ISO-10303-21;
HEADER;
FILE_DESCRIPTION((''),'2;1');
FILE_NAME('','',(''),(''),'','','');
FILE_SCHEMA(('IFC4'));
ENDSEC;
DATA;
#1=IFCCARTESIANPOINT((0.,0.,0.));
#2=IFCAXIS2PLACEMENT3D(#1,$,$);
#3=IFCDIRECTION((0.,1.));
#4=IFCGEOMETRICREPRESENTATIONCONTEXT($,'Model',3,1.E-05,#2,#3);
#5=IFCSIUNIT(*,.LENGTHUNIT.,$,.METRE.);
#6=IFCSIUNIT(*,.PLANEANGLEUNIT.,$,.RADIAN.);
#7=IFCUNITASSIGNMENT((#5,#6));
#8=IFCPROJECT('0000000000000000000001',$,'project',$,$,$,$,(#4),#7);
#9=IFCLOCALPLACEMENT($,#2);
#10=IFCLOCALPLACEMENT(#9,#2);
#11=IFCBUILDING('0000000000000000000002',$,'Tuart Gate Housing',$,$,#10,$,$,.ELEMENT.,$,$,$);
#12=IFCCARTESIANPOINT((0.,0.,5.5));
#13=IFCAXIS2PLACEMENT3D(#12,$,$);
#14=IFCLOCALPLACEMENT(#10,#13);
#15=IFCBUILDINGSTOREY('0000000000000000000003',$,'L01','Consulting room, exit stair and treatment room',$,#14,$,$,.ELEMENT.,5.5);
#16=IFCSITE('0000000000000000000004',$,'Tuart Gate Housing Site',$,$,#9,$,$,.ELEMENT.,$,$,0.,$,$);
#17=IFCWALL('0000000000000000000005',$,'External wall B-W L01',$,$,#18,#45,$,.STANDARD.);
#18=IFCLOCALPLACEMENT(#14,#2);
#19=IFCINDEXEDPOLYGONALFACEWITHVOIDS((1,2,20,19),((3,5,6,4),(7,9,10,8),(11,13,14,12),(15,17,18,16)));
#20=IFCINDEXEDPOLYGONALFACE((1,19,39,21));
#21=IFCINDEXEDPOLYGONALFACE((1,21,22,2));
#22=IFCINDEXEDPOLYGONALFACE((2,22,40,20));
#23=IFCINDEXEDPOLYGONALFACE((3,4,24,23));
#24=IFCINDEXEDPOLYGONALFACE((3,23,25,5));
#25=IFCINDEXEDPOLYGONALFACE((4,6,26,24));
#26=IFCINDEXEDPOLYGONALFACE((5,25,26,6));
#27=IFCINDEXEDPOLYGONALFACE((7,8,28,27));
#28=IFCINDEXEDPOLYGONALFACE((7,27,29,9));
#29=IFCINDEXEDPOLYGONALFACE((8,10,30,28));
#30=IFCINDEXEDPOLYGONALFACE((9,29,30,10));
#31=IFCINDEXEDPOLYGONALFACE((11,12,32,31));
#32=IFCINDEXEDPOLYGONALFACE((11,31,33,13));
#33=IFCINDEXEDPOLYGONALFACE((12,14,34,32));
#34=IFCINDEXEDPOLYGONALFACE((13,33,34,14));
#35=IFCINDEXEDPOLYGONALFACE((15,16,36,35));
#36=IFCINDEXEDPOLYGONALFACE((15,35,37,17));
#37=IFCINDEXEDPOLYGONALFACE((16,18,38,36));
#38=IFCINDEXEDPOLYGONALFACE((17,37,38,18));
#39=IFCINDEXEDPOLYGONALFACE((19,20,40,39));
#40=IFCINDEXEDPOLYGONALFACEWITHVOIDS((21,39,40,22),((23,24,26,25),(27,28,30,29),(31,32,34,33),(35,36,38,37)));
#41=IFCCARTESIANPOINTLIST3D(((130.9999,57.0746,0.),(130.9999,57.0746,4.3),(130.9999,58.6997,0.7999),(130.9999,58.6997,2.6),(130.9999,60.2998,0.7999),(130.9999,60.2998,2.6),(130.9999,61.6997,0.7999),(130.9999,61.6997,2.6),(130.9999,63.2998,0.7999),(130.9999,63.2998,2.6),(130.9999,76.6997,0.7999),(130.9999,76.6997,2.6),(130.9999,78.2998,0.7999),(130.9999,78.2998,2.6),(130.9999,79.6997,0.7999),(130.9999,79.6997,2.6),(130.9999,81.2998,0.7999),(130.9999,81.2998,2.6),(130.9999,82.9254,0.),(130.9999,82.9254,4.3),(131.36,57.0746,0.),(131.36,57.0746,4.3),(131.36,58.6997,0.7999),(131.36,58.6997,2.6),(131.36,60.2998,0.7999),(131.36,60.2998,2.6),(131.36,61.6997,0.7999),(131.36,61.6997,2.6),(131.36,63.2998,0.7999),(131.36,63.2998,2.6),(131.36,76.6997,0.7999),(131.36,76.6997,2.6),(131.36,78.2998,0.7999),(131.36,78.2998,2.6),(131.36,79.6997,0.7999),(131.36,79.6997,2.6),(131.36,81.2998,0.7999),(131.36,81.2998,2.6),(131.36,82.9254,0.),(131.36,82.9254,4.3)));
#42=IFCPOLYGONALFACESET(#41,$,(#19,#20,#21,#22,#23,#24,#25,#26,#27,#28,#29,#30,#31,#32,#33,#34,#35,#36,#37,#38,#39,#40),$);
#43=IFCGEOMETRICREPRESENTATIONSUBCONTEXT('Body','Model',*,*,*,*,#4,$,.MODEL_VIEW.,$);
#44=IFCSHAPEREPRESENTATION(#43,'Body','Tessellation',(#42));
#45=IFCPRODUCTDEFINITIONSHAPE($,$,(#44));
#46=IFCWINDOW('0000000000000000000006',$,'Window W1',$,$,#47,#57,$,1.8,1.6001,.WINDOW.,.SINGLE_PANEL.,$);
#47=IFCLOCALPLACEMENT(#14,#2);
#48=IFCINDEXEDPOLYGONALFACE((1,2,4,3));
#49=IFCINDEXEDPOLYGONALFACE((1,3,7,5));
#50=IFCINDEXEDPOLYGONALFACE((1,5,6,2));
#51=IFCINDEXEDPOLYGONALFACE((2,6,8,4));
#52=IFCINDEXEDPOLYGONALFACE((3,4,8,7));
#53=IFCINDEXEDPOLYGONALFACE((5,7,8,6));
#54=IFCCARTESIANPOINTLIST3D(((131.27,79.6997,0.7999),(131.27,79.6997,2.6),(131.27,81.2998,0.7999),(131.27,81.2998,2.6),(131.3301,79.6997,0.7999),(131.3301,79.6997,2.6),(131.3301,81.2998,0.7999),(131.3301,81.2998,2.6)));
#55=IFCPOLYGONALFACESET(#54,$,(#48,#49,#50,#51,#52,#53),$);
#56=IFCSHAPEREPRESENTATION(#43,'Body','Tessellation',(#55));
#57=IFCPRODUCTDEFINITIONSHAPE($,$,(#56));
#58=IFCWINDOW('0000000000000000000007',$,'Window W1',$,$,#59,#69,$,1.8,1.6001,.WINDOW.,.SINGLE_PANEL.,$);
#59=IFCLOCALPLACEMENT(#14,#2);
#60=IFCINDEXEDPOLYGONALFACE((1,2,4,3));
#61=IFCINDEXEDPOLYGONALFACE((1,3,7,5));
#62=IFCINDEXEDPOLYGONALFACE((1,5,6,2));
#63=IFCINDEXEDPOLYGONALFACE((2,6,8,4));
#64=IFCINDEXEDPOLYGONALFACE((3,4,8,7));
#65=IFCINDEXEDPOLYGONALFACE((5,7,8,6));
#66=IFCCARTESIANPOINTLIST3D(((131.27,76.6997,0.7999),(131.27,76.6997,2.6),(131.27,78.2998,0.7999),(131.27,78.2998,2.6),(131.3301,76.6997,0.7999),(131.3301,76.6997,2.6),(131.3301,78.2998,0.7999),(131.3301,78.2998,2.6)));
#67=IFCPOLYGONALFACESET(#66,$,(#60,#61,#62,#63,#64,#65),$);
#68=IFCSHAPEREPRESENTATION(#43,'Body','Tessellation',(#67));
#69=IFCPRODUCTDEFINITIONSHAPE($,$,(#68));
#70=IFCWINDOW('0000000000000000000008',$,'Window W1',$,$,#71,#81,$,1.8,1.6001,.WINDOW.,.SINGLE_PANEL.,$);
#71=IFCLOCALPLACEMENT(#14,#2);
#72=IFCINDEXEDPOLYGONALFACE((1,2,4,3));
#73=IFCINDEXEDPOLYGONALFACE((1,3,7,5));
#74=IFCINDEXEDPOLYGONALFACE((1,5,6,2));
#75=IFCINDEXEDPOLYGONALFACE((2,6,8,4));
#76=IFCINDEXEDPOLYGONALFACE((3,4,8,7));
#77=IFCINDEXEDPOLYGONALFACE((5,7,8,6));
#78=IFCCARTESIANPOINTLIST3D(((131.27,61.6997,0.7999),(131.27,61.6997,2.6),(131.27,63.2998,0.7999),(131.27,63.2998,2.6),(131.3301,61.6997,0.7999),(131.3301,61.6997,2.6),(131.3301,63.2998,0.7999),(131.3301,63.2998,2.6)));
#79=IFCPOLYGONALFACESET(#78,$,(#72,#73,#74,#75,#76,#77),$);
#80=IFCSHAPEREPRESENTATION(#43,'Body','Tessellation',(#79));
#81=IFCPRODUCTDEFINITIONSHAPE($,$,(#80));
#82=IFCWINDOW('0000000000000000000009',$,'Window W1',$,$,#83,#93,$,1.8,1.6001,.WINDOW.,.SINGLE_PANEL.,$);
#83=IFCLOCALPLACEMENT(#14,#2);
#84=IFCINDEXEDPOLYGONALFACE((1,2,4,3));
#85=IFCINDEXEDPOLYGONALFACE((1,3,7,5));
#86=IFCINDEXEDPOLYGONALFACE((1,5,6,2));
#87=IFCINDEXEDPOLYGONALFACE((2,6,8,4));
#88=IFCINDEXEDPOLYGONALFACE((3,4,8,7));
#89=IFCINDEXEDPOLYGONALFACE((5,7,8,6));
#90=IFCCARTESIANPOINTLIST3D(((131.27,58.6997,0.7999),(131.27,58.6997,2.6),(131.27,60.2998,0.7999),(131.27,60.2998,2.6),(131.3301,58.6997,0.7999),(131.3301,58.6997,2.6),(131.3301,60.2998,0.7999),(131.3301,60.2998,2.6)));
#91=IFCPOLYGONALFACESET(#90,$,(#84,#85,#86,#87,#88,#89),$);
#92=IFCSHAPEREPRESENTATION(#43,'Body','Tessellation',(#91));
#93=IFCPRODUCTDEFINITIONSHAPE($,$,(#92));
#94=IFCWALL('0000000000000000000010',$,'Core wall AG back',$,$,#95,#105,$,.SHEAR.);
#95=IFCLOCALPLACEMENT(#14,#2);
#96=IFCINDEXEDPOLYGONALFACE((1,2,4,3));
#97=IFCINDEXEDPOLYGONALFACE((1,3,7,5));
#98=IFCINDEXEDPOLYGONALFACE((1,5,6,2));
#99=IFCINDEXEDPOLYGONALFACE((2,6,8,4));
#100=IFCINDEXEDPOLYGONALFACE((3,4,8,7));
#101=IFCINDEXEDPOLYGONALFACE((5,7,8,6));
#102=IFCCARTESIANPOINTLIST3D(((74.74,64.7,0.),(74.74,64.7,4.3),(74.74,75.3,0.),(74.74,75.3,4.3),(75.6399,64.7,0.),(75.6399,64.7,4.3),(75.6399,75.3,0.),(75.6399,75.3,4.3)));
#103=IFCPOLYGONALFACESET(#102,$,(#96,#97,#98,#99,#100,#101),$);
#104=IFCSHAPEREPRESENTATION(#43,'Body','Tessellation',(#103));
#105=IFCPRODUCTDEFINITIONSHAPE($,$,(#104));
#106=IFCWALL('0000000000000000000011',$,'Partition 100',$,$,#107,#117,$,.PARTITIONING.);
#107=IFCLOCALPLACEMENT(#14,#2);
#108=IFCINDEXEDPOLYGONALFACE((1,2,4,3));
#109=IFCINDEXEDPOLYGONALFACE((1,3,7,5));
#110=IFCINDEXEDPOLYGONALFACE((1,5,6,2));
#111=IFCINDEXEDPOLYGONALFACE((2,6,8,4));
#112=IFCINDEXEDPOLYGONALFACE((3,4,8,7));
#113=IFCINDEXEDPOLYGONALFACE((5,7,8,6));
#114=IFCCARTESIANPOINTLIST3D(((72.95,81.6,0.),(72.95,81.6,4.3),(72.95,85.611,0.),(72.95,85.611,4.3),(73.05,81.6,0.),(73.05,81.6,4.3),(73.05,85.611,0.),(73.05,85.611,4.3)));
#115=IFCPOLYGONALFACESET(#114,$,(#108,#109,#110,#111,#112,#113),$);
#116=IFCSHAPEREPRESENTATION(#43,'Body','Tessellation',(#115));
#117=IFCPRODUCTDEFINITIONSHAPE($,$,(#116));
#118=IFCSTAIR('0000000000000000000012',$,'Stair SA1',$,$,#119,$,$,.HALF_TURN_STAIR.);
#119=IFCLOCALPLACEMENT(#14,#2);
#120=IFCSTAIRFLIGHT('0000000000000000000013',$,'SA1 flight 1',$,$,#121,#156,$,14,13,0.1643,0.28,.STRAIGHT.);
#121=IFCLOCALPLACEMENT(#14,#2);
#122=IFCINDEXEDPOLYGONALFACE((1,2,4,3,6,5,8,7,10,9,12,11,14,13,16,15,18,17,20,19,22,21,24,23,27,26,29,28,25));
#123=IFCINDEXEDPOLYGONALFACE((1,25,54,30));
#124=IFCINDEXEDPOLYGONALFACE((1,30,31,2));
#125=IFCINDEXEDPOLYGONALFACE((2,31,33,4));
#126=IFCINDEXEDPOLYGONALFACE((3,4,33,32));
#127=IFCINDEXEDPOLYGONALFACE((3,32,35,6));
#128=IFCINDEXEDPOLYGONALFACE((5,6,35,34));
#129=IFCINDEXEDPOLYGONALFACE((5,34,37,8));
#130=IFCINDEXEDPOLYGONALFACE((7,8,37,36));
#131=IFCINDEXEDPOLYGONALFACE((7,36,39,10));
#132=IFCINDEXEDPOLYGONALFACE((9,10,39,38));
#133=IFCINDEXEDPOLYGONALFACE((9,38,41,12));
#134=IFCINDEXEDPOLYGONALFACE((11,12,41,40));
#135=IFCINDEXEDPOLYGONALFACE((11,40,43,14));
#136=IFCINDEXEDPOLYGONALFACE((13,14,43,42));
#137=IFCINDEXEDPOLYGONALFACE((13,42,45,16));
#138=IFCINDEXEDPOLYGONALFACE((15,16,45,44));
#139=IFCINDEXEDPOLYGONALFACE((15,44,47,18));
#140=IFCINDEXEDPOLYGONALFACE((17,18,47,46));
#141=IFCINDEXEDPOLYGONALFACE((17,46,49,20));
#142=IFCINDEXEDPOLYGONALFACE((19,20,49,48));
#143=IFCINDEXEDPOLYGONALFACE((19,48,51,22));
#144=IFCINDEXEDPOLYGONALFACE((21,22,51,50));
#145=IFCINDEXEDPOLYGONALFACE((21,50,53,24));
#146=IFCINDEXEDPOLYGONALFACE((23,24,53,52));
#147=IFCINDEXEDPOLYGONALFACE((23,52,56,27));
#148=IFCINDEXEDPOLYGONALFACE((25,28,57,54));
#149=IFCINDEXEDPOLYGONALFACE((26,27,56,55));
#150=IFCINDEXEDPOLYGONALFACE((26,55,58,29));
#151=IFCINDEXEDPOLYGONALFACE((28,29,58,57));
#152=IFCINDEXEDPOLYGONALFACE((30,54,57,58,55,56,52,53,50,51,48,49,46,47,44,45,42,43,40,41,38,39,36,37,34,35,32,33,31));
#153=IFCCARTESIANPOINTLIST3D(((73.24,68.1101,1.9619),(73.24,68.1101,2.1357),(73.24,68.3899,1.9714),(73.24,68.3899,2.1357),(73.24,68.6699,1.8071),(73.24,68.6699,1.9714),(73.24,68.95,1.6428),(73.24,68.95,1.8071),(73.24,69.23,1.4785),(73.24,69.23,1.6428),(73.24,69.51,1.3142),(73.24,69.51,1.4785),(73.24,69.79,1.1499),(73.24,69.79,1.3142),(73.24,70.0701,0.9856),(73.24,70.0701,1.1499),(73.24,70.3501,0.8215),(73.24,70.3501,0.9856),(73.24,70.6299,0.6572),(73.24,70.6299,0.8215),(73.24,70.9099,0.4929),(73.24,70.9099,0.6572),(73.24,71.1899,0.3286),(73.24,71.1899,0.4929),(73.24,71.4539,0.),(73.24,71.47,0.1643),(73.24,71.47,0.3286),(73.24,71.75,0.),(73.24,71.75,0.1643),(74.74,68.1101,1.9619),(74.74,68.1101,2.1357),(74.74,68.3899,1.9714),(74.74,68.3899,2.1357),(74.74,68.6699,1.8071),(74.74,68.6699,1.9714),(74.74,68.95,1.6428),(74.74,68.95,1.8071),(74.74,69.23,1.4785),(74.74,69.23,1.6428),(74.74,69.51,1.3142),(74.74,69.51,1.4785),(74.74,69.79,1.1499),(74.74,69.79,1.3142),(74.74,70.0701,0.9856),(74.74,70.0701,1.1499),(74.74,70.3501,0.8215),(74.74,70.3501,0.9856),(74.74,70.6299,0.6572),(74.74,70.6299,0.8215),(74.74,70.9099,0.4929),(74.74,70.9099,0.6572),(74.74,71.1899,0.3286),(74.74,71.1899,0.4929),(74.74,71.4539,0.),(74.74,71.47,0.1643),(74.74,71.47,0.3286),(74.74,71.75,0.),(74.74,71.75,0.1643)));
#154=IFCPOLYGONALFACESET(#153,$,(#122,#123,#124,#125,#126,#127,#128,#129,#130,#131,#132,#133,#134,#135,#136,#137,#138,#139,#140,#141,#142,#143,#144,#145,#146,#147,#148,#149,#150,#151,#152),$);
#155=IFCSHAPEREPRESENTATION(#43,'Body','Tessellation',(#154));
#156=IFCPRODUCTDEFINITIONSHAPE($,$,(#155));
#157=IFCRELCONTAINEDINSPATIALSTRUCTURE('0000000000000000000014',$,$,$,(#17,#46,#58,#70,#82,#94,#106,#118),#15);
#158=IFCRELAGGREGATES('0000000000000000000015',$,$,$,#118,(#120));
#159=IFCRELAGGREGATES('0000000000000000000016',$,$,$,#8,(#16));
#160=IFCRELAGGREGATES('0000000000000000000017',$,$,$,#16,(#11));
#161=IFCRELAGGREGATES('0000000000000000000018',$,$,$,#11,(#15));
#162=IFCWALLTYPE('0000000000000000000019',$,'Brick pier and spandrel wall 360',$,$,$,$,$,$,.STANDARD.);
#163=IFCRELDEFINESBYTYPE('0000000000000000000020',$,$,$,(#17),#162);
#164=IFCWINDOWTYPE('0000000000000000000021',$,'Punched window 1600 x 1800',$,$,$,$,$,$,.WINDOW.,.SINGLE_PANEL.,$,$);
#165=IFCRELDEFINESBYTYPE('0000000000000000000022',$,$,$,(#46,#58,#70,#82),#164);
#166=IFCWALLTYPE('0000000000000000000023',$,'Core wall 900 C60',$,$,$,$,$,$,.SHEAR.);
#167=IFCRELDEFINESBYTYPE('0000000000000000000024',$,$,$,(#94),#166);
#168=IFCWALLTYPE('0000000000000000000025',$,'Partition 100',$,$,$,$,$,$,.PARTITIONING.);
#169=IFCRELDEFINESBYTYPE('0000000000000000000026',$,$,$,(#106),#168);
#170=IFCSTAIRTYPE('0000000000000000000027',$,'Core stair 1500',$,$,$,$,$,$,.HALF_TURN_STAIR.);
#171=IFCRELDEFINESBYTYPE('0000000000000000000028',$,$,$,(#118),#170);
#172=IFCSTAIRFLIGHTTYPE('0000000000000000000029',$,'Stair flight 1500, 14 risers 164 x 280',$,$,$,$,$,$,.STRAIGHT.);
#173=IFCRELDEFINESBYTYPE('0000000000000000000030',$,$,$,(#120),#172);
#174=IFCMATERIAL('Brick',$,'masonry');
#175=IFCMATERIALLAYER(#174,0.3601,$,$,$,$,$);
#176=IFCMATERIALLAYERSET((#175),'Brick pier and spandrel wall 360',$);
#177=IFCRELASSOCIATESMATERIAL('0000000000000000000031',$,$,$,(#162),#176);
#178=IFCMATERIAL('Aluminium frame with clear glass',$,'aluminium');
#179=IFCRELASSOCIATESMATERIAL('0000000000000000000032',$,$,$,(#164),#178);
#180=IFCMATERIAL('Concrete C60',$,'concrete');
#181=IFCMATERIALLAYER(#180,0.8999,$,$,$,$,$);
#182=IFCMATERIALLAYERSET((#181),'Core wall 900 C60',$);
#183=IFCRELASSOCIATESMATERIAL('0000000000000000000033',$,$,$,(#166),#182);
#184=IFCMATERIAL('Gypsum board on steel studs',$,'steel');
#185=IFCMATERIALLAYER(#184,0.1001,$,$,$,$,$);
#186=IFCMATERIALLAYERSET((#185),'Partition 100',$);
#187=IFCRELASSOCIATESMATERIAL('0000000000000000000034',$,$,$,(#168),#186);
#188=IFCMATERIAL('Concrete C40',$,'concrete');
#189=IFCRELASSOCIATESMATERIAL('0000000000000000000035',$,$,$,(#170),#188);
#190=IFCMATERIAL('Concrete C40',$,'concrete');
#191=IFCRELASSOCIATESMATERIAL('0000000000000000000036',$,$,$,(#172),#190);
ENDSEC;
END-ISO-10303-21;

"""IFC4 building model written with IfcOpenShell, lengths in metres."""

from ifc_helpers import new_model, si_unit, direction, frame, frame_2d, origin, place, context, subcontext, project, spatial, polyline, rectangle, outline, extrude, material, layer, layer_set, type_object, element, fill, aggregate, save


model = new_model("IFC4")

# Units and contexts
model_context = context("Model", 3, precision=1e-05, world=origin(), true_north=direction((0.0, 1.0)))
body_context = subcontext(model_context, "Body", "Model", "MODEL_VIEW")
ifc_project = project(units=[si_unit("LENGTHUNIT", "METRE"), si_unit("PLANEANGLEUNIT", "RADIAN")], contexts=[model_context])

# Site, building, storey
site_placement = place(None, origin())
site = spatial("IfcSite", under=ifc_project, at=site_placement, Name="Tuart Gate Housing Site", CompositionType="ELEMENT", RefElevation=0.0)
building_placement = place(site_placement, origin())
building = spatial("IfcBuilding", under=site, at=building_placement, Name="Tuart Gate Housing", CompositionType="ELEMENT")
storey_placement = place(building_placement, frame((0.0, 0.0, 5.5)))
storey = spatial("IfcBuildingStorey", under=building, at=storey_placement, Name="L01", Description="Consulting room, exit stair and treatment room", CompositionType="ELEMENT", Elevation=5.5)

# Shared definitions
ifc_material_1 = material(Name="Brick", Category="masonry")
ifc_layer_1 = layer(ifc_material_1, 0.3601)
ifc_layer_set_1 = layer_set([ifc_layer_1], Name="Brick pier and spandrel wall 360")
wall_type_1 = type_object("IfcWallType", Name="Brick pier and spandrel wall 360", PredefinedType="STANDARD", material=ifc_layer_set_1)
ifc_material_2 = material(Name="Aluminium frame with clear glass", Category="aluminium")
window_type = type_object("IfcWindowType", Name="Punched window 1600 x 1800", PartitioningType="SINGLE_PANEL", PredefinedType="WINDOW", material=ifc_material_2)

# Wall, openings, windows
wall_1_placement = place(storey_placement, frame((131.1799, 82.9253, 0.0), z_axis=(0.0, 0.0, 1.0), x_axis=(0.0, -1.0, 0.0)))
wall_1 = element("IfcWall", 1, at=wall_1_placement, inside=storey, type_object=wall_type_1, Name="External wall B-W L01", PredefinedType="STANDARD", context=body_context, shape_type="SweptSolid", body=[
    extrude(rectangle(XDim=25.8508, YDim=0.3601, at=frame_2d((12.9253, 0.0))), origin(), (0.0, 0.0, 1.0), 4.3),
])
opening_1_placement = place(wall_1_placement, frame((1.6255, 0.0, 0.8)))
opening_1 = element("IfcOpeningElement", 2, at=opening_1_placement, cuts=wall_1, PredefinedType="OPENING", context=body_context, shape_type="SweptSolid", body=[
    extrude(rectangle(XDim=1.6001, YDim=1.8, at=frame_2d((0.8, 0.8999))), frame((0.0, 0.1899, 0.0), z_axis=(0.0, -1.0, 0.0), x_axis=(1.0, 0.0, 0.0)), (0.0, 0.0, 1.0), 0.3801),
])
opening_2_placement = place(wall_1_placement, frame((4.6255, 0.0, 0.8)))
opening_2 = element("IfcOpeningElement", 3, at=opening_2_placement, cuts=wall_1, PredefinedType="OPENING", context=body_context, shape_type="SweptSolid", body=[
    extrude(rectangle(XDim=1.6001, YDim=1.8, at=frame_2d((0.8, 0.8999))), frame((0.0, 0.1899, 0.0), z_axis=(0.0, -1.0, 0.0), x_axis=(1.0, 0.0, 0.0)), (0.0, 0.0, 1.0), 0.3801),
])
opening_3_placement = place(wall_1_placement, frame((19.6255, 0.0, 0.8)))
opening_3 = element("IfcOpeningElement", 4, at=opening_3_placement, cuts=wall_1, PredefinedType="OPENING", context=body_context, shape_type="SweptSolid", body=[
    extrude(rectangle(XDim=1.6001, YDim=1.8, at=frame_2d((0.8, 0.8999))), frame((0.0, 0.1899, 0.0), z_axis=(0.0, -1.0, 0.0), x_axis=(1.0, 0.0, 0.0)), (0.0, 0.0, 1.0), 0.3801),
])
opening_4_placement = place(wall_1_placement, frame((22.6255, 0.0, 0.8)))
opening_4 = element("IfcOpeningElement", 5, at=opening_4_placement, cuts=wall_1, PredefinedType="OPENING", context=body_context, shape_type="SweptSolid", body=[
    extrude(rectangle(XDim=1.6001, YDim=1.8, at=frame_2d((0.8, 0.8999))), frame((0.0, 0.1899, 0.0), z_axis=(0.0, -1.0, 0.0), x_axis=(1.0, 0.0, 0.0)), (0.0, 0.0, 1.0), 0.3801),
])
window_1_placement = place(opening_1_placement, origin())
window_1 = element("IfcWindow", 6, at=window_1_placement, inside=storey, type_object=window_type, Name="Window W1", OverallHeight=1.8, OverallWidth=1.6001, PartitioningType="SINGLE_PANEL", PredefinedType="WINDOW", context=body_context, shape_type="SweptSolid", body=[
    extrude(rectangle(XDim=1.6001, YDim=1.8, at=frame_2d((0.8, 0.8999))), frame((0.0, 0.1501, 0.0), z_axis=(0.0, -1.0, 0.0), x_axis=(1.0, 0.0, 0.0)), (0.0, 0.0, 1.0), 0.0601),
])
fill(opening_1, window_1)
window_2_placement = place(opening_2_placement, origin())
window_2 = element("IfcWindow", 7, at=window_2_placement, inside=storey, type_object=window_type, Name="Window W1", OverallHeight=1.8, OverallWidth=1.6001, PartitioningType="SINGLE_PANEL", PredefinedType="WINDOW", context=body_context, shape_type="SweptSolid", body=[
    extrude(rectangle(XDim=1.6001, YDim=1.8, at=frame_2d((0.8, 0.8999))), frame((0.0, 0.1501, 0.0), z_axis=(0.0, -1.0, 0.0), x_axis=(1.0, 0.0, 0.0)), (0.0, 0.0, 1.0), 0.0601),
])
fill(opening_2, window_2)
window_3_placement = place(opening_3_placement, origin())
window_3 = element("IfcWindow", 8, at=window_3_placement, inside=storey, type_object=window_type, Name="Window W1", OverallHeight=1.8, OverallWidth=1.6001, PartitioningType="SINGLE_PANEL", PredefinedType="WINDOW", context=body_context, shape_type="SweptSolid", body=[
    extrude(rectangle(XDim=1.6001, YDim=1.8, at=frame_2d((0.8, 0.8999))), frame((0.0, 0.1501, 0.0), z_axis=(0.0, -1.0, 0.0), x_axis=(1.0, 0.0, 0.0)), (0.0, 0.0, 1.0), 0.0601),
])
fill(opening_3, window_3)
window_4_placement = place(opening_4_placement, origin())
window_4 = element("IfcWindow", 9, at=window_4_placement, inside=storey, type_object=window_type, Name="Window W1", OverallHeight=1.8, OverallWidth=1.6001, PartitioningType="SINGLE_PANEL", PredefinedType="WINDOW", context=body_context, shape_type="SweptSolid", body=[
    extrude(rectangle(XDim=1.6001, YDim=1.8, at=frame_2d((0.8, 0.8999))), frame((0.0, 0.1501, 0.0), z_axis=(0.0, -1.0, 0.0), x_axis=(1.0, 0.0, 0.0)), (0.0, 0.0, 1.0), 0.0601),
])
fill(opening_4, window_4)

# Walls
ifc_material_3 = material(Name="Concrete C60", Category="concrete")
ifc_layer_2 = layer(ifc_material_3, 0.8999)
ifc_layer_set_2 = layer_set([ifc_layer_2], Name="Core wall 900 C60")
wall_type_2 = type_object("IfcWallType", Name="Core wall 900 C60", PredefinedType="SHEAR", material=ifc_layer_set_2)
wall_2_placement = place(storey_placement, frame((75.1899, 64.7, 0.0), z_axis=(0.0, 0.0, 1.0), x_axis=(0.0, 1.0, 0.0)))
element("IfcWall", 10, at=wall_2_placement, inside=storey, type_object=wall_type_2, Name="Core wall AG back", PredefinedType="SHEAR", context=body_context, shape_type="SweptSolid", body=[
    extrude(rectangle(XDim=10.6001, YDim=0.8999, at=frame_2d((5.3, 0.0))), origin(), (0.0, 0.0, 1.0), 4.3),
])
ifc_material_4 = material(Name="Gypsum board on steel studs", Category="steel")
ifc_layer_3 = layer(ifc_material_4, 0.1001)
ifc_layer_set_3 = layer_set([ifc_layer_3], Name="Partition 100")
wall_type_3 = type_object("IfcWallType", Name="Partition 100", PredefinedType="PARTITIONING", material=ifc_layer_set_3)
wall_3_placement = place(storey_placement, frame((73.0, 81.6001, 0.0), z_axis=(0.0, 0.0, 1.0), x_axis=(0.0, 1.0, 0.0)))
element("IfcWall", 11, at=wall_3_placement, inside=storey, type_object=wall_type_3, Name="Partition 100", PredefinedType="PARTITIONING", context=body_context, shape_type="SweptSolid", body=[
    extrude(rectangle(XDim=4.011, YDim=0.1001, at=frame_2d((2.0054, 0.0))), origin(), (0.0, 0.0, 1.0), 4.3),
])

# Stair, stair flight
ifc_material_5 = material(Name="Concrete C40", Category="concrete")
stair_type = type_object("IfcStairType", Name="Core stair 1500", PredefinedType="HALF_TURN_STAIR", material=ifc_material_5)
stair_placement = place(storey_placement, origin())
stair = element("IfcStair", 12, at=stair_placement, inside=storey, type_object=stair_type, Name="Stair SA1", PredefinedType="HALF_TURN_STAIR")
ifc_material_6 = material(Name="Concrete C40", Category="concrete")
stair_flight_type = type_object("IfcStairFlightType", Name="Stair flight 1500, 14 risers 164 x 280", PredefinedType="STRAIGHT", material=ifc_material_6)
stair_flight_placement = place(storey_placement, frame((73.99, 71.75, 0.0), z_axis=(0.0, 0.0, 1.0), x_axis=(0.0, -1.0, 0.0)))
stair_flight = element("IfcStairFlight", 13, at=stair_flight_placement, type_object=stair_flight_type, Name="SA1 flight 1", NumberOfRisers=14, NumberOfTreads=13, PredefinedType="STRAIGHT", RiserHeight=0.1643, TreadLength=0.28, context=body_context, shape_type="SweptSolid", body=[
    extrude(outline(polyline([(0.0, 0.0), (0.0, 0.1643), (0.28, 0.1643), (0.28, 0.3286), (0.5601, 0.3286), (0.5601, 0.4929), (0.8401, 0.4929), (0.8401, 0.6572), (1.1201, 0.6572), (1.1201, 0.8215), (1.3999, 0.8215), (1.3999, 0.9856), (1.6799, 0.9856), (1.6799, 1.1499), (1.96, 1.1499), (1.96, 1.3142), (2.24, 1.3142), (2.24, 1.4785), (2.52, 1.4785), (2.52, 1.6428), (2.8, 1.6428), (2.8, 1.8071), (3.0801, 1.8071), (3.0801, 1.9714), (3.3601, 1.9714), (3.3601, 2.1357), (3.6399, 2.1357), (3.6399, 2.3), (3.6399, 1.9619), (0.2961, 0.0), (0.0, 0.0)])), frame((0.0, 0.75, 0.0), z_axis=(0.0, -1.0, 0.0), x_axis=(1.0, 0.0, 0.0)), (0.0, 0.0, 1.0), 1.5),
])
aggregate(stair, [stair_flight])

save(model, "model.ifc")
